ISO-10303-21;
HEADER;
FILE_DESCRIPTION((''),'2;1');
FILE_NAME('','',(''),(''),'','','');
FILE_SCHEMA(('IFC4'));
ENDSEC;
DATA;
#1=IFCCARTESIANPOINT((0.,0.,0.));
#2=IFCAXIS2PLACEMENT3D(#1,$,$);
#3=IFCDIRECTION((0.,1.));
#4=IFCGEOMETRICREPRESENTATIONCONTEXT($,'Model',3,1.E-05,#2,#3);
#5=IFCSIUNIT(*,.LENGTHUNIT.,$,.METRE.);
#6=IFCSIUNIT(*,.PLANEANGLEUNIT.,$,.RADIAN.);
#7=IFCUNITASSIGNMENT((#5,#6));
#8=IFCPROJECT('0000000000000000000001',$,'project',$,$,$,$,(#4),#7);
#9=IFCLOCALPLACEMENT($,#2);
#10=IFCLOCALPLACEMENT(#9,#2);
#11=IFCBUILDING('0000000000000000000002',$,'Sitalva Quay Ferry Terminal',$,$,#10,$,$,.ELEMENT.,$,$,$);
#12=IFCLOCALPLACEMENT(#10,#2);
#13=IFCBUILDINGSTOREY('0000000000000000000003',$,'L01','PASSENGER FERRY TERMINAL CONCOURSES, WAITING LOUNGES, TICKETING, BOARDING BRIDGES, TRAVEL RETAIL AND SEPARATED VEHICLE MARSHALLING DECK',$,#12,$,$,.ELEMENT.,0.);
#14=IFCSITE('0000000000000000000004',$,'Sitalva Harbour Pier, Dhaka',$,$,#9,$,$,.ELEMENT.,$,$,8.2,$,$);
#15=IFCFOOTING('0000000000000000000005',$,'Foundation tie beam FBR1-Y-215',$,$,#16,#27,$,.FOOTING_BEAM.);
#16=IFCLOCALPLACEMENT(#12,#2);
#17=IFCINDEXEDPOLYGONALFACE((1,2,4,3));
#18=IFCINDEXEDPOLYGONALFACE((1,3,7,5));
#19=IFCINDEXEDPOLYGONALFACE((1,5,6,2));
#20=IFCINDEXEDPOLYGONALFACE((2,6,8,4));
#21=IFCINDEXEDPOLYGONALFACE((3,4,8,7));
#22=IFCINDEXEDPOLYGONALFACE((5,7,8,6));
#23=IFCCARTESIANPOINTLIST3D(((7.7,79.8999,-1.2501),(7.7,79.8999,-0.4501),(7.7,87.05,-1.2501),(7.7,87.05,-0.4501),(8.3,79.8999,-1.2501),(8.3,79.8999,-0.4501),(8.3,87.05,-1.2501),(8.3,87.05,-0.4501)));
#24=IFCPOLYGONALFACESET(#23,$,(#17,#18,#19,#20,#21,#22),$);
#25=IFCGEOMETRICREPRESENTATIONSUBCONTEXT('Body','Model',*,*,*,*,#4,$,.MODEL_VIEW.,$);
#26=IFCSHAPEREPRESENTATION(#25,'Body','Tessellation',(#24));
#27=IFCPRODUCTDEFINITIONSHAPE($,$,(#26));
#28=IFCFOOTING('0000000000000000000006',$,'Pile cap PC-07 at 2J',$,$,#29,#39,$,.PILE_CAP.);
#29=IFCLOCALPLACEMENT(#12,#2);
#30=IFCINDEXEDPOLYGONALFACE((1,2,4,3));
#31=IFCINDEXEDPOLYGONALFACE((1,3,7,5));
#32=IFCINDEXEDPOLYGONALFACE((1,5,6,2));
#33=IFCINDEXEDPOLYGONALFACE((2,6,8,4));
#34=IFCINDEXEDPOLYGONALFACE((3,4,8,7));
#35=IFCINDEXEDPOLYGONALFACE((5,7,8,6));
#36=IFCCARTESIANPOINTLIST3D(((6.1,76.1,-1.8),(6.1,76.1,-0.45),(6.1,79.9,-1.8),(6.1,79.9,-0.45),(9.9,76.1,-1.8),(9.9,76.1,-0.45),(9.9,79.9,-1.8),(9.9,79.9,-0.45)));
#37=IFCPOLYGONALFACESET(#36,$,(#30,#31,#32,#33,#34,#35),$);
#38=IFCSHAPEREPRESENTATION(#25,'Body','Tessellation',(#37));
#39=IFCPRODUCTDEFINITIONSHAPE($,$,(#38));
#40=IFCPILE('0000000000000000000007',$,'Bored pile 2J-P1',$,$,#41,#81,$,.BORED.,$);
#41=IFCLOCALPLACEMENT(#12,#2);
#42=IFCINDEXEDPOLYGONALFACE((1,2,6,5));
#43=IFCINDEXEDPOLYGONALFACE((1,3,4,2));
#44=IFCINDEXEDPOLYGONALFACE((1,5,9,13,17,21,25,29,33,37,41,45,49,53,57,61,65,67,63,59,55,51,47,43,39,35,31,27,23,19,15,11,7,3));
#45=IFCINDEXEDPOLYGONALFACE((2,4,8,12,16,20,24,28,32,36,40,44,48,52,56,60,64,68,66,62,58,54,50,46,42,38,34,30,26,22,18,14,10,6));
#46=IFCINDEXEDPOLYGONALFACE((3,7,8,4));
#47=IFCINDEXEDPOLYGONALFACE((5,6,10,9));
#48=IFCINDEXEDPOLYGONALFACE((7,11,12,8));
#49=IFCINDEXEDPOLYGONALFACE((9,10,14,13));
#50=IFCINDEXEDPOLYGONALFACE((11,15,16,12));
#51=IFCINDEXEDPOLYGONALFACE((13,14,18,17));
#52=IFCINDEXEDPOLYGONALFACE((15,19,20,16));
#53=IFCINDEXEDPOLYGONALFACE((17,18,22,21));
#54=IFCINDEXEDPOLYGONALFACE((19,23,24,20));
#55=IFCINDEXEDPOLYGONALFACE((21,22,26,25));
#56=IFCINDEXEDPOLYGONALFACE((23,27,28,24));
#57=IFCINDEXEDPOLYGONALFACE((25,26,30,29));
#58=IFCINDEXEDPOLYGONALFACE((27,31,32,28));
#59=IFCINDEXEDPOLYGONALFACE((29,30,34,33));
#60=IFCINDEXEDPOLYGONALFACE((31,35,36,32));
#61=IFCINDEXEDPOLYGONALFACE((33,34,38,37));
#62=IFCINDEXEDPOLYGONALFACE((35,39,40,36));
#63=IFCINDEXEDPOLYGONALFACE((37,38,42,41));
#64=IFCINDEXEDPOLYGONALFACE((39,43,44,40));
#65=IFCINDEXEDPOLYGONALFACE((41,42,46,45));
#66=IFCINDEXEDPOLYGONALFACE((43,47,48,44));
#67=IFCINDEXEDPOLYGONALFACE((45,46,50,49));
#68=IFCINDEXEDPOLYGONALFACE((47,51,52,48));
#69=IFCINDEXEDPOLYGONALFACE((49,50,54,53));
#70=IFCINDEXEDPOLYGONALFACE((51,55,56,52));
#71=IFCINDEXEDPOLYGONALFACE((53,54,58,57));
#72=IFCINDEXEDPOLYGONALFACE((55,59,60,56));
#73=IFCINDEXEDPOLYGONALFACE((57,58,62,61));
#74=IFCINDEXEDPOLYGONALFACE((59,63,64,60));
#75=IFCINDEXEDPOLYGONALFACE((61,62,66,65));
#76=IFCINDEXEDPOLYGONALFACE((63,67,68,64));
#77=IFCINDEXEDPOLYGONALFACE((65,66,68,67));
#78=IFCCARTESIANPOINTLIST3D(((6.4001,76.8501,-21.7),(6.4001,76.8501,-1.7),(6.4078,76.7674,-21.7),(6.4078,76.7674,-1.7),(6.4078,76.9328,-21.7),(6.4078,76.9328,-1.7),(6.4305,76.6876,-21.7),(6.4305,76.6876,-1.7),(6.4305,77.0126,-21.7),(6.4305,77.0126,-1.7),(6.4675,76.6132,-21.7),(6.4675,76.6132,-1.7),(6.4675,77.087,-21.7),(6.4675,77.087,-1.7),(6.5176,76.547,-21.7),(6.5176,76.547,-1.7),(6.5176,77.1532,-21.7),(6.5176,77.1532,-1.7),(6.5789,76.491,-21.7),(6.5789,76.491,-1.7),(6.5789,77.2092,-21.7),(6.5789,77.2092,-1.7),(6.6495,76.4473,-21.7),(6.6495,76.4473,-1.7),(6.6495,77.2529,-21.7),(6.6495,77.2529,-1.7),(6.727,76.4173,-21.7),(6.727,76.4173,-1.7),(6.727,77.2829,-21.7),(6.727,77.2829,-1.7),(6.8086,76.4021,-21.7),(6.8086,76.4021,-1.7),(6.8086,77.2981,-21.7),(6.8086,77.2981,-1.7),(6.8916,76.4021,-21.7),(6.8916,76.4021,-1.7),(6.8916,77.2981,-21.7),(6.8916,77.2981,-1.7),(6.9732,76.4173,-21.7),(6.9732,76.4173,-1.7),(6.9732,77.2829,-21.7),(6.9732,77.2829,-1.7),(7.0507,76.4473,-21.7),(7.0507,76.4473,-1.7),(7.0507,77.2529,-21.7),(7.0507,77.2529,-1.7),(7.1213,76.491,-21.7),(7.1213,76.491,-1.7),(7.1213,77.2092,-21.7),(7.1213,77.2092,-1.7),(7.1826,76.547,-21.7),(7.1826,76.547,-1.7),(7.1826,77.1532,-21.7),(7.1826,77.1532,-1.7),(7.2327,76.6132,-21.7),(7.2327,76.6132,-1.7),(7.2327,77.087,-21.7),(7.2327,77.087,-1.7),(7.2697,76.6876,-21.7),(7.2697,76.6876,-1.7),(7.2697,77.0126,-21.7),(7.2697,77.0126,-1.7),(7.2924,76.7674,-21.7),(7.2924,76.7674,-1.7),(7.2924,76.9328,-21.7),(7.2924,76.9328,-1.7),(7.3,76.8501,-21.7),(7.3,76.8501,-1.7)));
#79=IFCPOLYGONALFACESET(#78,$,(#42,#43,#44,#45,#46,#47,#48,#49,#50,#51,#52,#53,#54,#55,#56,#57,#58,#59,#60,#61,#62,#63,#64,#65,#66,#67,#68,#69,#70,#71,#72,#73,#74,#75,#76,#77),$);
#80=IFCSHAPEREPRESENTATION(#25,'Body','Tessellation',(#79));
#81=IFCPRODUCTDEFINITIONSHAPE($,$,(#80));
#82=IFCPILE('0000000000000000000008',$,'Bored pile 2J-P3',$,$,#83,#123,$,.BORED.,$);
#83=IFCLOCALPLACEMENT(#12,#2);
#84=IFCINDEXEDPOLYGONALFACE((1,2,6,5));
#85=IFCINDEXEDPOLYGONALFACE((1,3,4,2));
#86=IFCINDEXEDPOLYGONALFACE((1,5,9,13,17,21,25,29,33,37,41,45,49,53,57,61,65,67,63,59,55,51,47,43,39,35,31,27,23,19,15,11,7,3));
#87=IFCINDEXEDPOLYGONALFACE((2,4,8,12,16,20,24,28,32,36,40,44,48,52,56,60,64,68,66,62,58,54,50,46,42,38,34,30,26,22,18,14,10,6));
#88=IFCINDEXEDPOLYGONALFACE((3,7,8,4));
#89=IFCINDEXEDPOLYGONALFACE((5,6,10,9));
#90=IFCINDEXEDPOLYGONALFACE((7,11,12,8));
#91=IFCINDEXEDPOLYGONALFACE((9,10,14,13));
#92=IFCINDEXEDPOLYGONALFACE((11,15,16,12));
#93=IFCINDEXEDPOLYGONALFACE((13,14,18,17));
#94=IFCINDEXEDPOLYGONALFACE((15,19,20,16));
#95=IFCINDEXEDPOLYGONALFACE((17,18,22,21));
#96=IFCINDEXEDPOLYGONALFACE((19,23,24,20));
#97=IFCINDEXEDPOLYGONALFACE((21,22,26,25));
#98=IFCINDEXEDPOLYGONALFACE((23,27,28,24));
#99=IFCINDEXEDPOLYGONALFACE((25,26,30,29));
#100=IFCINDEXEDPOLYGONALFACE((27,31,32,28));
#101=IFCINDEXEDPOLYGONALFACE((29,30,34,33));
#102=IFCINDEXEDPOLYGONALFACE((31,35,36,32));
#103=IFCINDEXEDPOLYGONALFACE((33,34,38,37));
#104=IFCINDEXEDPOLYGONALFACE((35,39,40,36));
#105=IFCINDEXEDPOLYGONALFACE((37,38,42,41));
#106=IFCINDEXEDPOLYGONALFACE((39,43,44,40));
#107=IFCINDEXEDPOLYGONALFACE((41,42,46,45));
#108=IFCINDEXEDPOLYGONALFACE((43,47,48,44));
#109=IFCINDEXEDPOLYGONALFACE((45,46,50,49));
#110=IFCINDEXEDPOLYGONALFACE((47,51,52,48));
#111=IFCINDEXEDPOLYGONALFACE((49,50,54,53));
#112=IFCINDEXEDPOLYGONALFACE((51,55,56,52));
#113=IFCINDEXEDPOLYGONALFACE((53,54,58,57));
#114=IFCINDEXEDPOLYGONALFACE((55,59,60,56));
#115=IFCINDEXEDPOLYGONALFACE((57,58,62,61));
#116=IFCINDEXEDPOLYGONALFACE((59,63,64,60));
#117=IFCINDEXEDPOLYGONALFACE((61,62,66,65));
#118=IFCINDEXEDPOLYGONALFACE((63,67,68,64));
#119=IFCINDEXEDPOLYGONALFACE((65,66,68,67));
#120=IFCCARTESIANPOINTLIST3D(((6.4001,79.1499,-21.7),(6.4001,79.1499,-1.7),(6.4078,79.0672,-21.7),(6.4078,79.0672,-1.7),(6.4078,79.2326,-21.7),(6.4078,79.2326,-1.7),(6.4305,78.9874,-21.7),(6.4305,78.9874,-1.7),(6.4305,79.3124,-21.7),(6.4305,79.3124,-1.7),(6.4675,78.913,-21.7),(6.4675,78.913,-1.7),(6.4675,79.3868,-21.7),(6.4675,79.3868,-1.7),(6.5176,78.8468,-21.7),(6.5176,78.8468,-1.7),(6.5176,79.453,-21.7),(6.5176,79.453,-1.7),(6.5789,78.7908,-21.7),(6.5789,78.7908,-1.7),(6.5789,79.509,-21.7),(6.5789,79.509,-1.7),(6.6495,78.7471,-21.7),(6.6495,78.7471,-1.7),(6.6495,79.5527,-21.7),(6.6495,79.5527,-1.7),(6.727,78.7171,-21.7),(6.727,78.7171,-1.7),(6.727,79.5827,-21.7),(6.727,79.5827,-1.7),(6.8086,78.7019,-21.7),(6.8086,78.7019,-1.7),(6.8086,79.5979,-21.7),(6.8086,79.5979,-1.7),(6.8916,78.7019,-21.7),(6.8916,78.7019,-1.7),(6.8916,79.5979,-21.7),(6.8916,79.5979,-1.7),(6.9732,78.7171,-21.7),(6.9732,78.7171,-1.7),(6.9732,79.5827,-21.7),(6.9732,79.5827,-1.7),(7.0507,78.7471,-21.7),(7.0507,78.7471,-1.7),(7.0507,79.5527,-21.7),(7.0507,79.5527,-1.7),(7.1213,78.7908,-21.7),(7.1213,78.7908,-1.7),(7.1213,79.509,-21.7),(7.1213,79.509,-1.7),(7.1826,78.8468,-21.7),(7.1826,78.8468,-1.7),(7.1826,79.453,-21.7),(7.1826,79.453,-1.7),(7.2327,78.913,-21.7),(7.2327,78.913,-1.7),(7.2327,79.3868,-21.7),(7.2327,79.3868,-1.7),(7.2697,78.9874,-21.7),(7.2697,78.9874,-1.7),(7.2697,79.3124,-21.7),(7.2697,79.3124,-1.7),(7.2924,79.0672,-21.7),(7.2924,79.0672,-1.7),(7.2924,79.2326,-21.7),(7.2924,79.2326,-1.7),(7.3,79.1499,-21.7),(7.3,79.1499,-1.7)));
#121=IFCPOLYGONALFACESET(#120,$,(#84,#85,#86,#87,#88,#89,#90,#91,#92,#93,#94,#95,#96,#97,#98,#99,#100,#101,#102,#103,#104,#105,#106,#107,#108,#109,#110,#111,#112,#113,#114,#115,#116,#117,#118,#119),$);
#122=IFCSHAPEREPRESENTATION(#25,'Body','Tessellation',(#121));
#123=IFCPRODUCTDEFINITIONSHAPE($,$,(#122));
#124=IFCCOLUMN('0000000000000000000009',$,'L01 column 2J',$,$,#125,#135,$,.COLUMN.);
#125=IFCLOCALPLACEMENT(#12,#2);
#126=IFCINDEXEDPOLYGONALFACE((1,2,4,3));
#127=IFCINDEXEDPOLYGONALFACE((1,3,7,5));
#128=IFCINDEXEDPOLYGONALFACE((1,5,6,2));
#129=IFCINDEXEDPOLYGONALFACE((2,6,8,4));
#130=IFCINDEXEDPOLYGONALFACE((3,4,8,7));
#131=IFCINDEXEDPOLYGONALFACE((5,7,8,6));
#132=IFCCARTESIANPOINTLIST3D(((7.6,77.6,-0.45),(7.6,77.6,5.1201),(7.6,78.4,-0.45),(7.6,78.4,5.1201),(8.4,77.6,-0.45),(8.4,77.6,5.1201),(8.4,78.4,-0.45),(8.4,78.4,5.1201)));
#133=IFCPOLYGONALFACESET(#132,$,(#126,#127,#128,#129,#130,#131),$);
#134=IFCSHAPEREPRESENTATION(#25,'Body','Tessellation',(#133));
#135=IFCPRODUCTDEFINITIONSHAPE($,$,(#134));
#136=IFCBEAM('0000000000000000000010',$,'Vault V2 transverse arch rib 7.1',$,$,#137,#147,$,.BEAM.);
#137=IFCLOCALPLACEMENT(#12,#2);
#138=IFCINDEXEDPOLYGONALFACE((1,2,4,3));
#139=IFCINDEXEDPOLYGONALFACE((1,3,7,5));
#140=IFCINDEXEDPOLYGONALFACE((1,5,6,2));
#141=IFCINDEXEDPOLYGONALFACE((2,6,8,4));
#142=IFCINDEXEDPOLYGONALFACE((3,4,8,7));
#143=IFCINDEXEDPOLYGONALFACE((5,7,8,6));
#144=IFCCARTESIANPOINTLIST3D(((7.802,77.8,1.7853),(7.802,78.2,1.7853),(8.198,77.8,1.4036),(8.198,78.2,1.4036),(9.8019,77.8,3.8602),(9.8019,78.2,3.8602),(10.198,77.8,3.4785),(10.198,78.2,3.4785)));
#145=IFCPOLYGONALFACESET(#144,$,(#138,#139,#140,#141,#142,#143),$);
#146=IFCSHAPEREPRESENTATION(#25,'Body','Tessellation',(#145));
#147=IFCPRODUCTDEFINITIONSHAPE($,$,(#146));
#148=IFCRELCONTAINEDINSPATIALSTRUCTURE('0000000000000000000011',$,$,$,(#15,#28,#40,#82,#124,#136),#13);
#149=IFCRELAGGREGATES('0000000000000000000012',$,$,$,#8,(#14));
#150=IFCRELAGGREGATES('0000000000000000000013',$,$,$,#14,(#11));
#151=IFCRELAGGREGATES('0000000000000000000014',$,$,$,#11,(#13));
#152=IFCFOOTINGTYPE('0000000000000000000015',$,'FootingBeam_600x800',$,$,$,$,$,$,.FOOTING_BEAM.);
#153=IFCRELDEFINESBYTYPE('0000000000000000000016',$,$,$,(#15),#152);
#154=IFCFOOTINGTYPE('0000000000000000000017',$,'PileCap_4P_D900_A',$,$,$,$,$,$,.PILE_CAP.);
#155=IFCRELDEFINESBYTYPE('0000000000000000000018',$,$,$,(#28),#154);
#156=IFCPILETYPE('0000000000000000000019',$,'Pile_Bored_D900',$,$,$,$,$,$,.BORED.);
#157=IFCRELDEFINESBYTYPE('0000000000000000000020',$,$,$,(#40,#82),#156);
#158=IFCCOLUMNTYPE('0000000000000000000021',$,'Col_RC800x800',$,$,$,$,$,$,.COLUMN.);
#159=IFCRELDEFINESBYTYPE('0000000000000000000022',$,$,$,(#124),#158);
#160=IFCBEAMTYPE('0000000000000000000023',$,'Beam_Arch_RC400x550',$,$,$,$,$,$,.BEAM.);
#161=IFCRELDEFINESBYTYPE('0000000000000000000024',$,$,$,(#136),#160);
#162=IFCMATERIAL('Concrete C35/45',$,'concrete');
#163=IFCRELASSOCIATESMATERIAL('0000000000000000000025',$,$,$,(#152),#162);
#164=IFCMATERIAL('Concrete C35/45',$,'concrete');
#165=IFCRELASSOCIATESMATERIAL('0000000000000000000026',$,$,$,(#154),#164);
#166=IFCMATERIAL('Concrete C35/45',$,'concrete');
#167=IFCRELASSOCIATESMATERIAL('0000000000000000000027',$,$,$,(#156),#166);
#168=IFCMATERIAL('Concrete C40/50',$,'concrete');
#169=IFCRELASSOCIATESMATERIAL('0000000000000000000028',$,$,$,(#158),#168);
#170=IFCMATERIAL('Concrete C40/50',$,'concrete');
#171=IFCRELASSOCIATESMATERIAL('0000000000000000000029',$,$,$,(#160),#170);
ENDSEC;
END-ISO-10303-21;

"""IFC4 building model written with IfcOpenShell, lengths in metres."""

from ifc_helpers import new_model, si_unit, direction, frame, origin, origin_2d, place, context, subcontext, project, spatial, rectangle, circle, extrude, material, material_profile, profile_set, type_object, element, save


model = new_model("IFC4")

# Units and contexts
model_context = context("Model", 3, precision=1e-05, world=origin(), true_north=direction((0.0, 1.0)))
body_context = subcontext(model_context, "Body", "Model", "MODEL_VIEW")
ifc_project = project(units=[si_unit("LENGTHUNIT", "METRE"), si_unit("PLANEANGLEUNIT", "RADIAN")], contexts=[model_context])

# Site, building, storey
site_placement = place(None, origin())
site = spatial("IfcSite", under=ifc_project, at=site_placement, Name="Sitalva Harbour Pier, Dhaka", CompositionType="ELEMENT", RefElevation=8.2)
building_placement = place(site_placement, origin())
building = spatial("IfcBuilding", under=site, at=building_placement, Name="Sitalva Quay Ferry Terminal", CompositionType="ELEMENT")
storey_placement = place(building_placement, origin())
storey = spatial("IfcBuildingStorey", under=building, at=storey_placement, Name="L01", Description="PASSENGER FERRY TERMINAL CONCOURSES, WAITING LOUNGES, TICKETING, BOARDING BRIDGES, TRAVEL RETAIL AND SEPARATED VEHICLE MARSHALLING DECK", CompositionType="ELEMENT", Elevation=0.0)

# Footings
ifc_material_1 = material(Name="Concrete C35/45", Category="concrete")
ifc_material_profile_1 = material_profile(ifc_material_1, rectangle(XDim=0.6001, YDim=0.8, at=origin_2d()), Name="RC600x800")
ifc_profile_set_1 = profile_set([ifc_material_profile_1], Name="Concrete C35/45")
footing_type_1 = type_object("IfcFootingType", Name="FootingBeam_600x800", PredefinedType="FOOTING_BEAM", material=ifc_profile_set_1)
footing_1_placement = place(storey_placement, frame((8.0, 79.8999, -0.8501), z_axis=(0.0, 1.0, 0.0), x_axis=(-1.0, 0.0, 0.0)))
element("IfcFooting", 1, at=footing_1_placement, inside=storey, type_object=footing_type_1, Name="Foundation tie beam FBR1-Y-215", PredefinedType="FOOTING_BEAM", context=body_context, shape_type="SweptSolid", body=[
    extrude(rectangle(XDim=0.6001, YDim=0.8, at=origin_2d()), origin(), (0.0, 0.0, 1.0), 7.1501),
])
ifc_material_2 = material(Name="Concrete C35/45", Category="concrete")
footing_type_2 = type_object("IfcFootingType", Name="PileCap_4P_D900_A", PredefinedType="PILE_CAP", material=ifc_material_2)
footing_2_placement = place(storey_placement, frame((8.0, 78.0, -1.8), z_axis=(0.0, 0.0, 1.0), x_axis=(1.0, 0.0, 0.0)))
element("IfcFooting", 2, at=footing_2_placement, inside=storey, type_object=footing_type_2, Name="Pile cap PC-07 at 2J", PredefinedType="PILE_CAP", context=body_context, shape_type="SweptSolid", body=[
    extrude(rectangle(XDim=3.8, YDim=3.8, at=origin_2d()), origin(), (0.0, 0.0, 1.0), 1.3501),
])

# Piles
ifc_material_3 = material(Name="Concrete C35/45", Category="concrete")
ifc_material_profile_2 = material_profile(ifc_material_3, circle(Radius=0.45, at=origin_2d()), Name="PILE-D900")
ifc_profile_set_2 = profile_set([ifc_material_profile_2], Name="Concrete C35/45")
pile_type = type_object("IfcPileType", Name="Pile_Bored_D900", PredefinedType="BORED", material=ifc_profile_set_2)
for number, where, z_axis, x_axis, name in (
    (3, (6.8501, 76.8501, -1.7), (0.0, 0.0, -1.0), (1.0, 0.0, 0.0), "Bored pile 2J-P1"),
    (4, (6.8501, 79.1499, -1.7), (0.0, 0.0, -1.0), (1.0, 0.0, 0.0), "Bored pile 2J-P3"),
):
    element("IfcPile", number, at=place(storey_placement, frame(where, z_axis=z_axis, x_axis=x_axis)), inside=storey, type_object=pile_type, Name=name, PredefinedType="BORED", context=body_context, shape_type="SweptSolid", body=[
        extrude(circle(Radius=0.45, at=origin_2d()), origin(), (0.0, 0.0, 1.0), 20.0),
    ])

# Column
ifc_material_4 = material(Name="Concrete C40/50", Category="concrete")
ifc_material_profile_3 = material_profile(ifc_material_4, rectangle(XDim=0.8, YDim=0.8, at=origin_2d()), Name="RC800x800")
ifc_profile_set_3 = profile_set([ifc_material_profile_3], Name="Concrete C40/50")
column_type = type_object("IfcColumnType", Name="Col_RC800x800", PredefinedType="COLUMN", material=ifc_profile_set_3)
column_placement = place(storey_placement, frame((8.0, 78.0, -0.45), z_axis=(0.0, 0.0, 1.0), x_axis=(1.0, 0.0, 0.0)))
element("IfcColumn", 5, at=column_placement, inside=storey, type_object=column_type, Name="L01 column 2J", PredefinedType="COLUMN", context=body_context, shape_type="SweptSolid", body=[
    extrude(rectangle(XDim=0.8, YDim=0.8, at=origin_2d()), origin(), (0.0, 0.0, 1.0), 5.5701),
])

# Beam
ifc_material_5 = material(Name="Concrete C40/50", Category="concrete")
ifc_material_profile_4 = material_profile(ifc_material_5, rectangle(XDim=0.3999, YDim=0.55, at=origin_2d()), Name="RC400x550")
ifc_profile_set_4 = profile_set([ifc_material_profile_4], Name="Concrete C40/50")
beam_type_1 = type_object("IfcBeamType", Name="Beam_Arch_RC400x550", PredefinedType="BEAM", material=ifc_profile_set_4)
beam_1_placement = place(storey_placement, frame((8.0, 78.0, 1.5945), z_axis=(0.693983, 0.0, 0.719991), x_axis=(0.0, 1.0, 0.0)))
element("IfcBeam", 6, at=beam_1_placement, inside=storey, type_object=beam_type_1, Name="Vault V2 transverse arch rib 7.1", PredefinedType="BEAM", context=body_context, shape_type="SweptSolid", body=[
    extrude(rectangle(XDim=0.3999, YDim=0.55, at=origin_2d()), origin(), (0.0, 0.0, 1.0), 2.8818),
])

save(model, "model.ifc")
